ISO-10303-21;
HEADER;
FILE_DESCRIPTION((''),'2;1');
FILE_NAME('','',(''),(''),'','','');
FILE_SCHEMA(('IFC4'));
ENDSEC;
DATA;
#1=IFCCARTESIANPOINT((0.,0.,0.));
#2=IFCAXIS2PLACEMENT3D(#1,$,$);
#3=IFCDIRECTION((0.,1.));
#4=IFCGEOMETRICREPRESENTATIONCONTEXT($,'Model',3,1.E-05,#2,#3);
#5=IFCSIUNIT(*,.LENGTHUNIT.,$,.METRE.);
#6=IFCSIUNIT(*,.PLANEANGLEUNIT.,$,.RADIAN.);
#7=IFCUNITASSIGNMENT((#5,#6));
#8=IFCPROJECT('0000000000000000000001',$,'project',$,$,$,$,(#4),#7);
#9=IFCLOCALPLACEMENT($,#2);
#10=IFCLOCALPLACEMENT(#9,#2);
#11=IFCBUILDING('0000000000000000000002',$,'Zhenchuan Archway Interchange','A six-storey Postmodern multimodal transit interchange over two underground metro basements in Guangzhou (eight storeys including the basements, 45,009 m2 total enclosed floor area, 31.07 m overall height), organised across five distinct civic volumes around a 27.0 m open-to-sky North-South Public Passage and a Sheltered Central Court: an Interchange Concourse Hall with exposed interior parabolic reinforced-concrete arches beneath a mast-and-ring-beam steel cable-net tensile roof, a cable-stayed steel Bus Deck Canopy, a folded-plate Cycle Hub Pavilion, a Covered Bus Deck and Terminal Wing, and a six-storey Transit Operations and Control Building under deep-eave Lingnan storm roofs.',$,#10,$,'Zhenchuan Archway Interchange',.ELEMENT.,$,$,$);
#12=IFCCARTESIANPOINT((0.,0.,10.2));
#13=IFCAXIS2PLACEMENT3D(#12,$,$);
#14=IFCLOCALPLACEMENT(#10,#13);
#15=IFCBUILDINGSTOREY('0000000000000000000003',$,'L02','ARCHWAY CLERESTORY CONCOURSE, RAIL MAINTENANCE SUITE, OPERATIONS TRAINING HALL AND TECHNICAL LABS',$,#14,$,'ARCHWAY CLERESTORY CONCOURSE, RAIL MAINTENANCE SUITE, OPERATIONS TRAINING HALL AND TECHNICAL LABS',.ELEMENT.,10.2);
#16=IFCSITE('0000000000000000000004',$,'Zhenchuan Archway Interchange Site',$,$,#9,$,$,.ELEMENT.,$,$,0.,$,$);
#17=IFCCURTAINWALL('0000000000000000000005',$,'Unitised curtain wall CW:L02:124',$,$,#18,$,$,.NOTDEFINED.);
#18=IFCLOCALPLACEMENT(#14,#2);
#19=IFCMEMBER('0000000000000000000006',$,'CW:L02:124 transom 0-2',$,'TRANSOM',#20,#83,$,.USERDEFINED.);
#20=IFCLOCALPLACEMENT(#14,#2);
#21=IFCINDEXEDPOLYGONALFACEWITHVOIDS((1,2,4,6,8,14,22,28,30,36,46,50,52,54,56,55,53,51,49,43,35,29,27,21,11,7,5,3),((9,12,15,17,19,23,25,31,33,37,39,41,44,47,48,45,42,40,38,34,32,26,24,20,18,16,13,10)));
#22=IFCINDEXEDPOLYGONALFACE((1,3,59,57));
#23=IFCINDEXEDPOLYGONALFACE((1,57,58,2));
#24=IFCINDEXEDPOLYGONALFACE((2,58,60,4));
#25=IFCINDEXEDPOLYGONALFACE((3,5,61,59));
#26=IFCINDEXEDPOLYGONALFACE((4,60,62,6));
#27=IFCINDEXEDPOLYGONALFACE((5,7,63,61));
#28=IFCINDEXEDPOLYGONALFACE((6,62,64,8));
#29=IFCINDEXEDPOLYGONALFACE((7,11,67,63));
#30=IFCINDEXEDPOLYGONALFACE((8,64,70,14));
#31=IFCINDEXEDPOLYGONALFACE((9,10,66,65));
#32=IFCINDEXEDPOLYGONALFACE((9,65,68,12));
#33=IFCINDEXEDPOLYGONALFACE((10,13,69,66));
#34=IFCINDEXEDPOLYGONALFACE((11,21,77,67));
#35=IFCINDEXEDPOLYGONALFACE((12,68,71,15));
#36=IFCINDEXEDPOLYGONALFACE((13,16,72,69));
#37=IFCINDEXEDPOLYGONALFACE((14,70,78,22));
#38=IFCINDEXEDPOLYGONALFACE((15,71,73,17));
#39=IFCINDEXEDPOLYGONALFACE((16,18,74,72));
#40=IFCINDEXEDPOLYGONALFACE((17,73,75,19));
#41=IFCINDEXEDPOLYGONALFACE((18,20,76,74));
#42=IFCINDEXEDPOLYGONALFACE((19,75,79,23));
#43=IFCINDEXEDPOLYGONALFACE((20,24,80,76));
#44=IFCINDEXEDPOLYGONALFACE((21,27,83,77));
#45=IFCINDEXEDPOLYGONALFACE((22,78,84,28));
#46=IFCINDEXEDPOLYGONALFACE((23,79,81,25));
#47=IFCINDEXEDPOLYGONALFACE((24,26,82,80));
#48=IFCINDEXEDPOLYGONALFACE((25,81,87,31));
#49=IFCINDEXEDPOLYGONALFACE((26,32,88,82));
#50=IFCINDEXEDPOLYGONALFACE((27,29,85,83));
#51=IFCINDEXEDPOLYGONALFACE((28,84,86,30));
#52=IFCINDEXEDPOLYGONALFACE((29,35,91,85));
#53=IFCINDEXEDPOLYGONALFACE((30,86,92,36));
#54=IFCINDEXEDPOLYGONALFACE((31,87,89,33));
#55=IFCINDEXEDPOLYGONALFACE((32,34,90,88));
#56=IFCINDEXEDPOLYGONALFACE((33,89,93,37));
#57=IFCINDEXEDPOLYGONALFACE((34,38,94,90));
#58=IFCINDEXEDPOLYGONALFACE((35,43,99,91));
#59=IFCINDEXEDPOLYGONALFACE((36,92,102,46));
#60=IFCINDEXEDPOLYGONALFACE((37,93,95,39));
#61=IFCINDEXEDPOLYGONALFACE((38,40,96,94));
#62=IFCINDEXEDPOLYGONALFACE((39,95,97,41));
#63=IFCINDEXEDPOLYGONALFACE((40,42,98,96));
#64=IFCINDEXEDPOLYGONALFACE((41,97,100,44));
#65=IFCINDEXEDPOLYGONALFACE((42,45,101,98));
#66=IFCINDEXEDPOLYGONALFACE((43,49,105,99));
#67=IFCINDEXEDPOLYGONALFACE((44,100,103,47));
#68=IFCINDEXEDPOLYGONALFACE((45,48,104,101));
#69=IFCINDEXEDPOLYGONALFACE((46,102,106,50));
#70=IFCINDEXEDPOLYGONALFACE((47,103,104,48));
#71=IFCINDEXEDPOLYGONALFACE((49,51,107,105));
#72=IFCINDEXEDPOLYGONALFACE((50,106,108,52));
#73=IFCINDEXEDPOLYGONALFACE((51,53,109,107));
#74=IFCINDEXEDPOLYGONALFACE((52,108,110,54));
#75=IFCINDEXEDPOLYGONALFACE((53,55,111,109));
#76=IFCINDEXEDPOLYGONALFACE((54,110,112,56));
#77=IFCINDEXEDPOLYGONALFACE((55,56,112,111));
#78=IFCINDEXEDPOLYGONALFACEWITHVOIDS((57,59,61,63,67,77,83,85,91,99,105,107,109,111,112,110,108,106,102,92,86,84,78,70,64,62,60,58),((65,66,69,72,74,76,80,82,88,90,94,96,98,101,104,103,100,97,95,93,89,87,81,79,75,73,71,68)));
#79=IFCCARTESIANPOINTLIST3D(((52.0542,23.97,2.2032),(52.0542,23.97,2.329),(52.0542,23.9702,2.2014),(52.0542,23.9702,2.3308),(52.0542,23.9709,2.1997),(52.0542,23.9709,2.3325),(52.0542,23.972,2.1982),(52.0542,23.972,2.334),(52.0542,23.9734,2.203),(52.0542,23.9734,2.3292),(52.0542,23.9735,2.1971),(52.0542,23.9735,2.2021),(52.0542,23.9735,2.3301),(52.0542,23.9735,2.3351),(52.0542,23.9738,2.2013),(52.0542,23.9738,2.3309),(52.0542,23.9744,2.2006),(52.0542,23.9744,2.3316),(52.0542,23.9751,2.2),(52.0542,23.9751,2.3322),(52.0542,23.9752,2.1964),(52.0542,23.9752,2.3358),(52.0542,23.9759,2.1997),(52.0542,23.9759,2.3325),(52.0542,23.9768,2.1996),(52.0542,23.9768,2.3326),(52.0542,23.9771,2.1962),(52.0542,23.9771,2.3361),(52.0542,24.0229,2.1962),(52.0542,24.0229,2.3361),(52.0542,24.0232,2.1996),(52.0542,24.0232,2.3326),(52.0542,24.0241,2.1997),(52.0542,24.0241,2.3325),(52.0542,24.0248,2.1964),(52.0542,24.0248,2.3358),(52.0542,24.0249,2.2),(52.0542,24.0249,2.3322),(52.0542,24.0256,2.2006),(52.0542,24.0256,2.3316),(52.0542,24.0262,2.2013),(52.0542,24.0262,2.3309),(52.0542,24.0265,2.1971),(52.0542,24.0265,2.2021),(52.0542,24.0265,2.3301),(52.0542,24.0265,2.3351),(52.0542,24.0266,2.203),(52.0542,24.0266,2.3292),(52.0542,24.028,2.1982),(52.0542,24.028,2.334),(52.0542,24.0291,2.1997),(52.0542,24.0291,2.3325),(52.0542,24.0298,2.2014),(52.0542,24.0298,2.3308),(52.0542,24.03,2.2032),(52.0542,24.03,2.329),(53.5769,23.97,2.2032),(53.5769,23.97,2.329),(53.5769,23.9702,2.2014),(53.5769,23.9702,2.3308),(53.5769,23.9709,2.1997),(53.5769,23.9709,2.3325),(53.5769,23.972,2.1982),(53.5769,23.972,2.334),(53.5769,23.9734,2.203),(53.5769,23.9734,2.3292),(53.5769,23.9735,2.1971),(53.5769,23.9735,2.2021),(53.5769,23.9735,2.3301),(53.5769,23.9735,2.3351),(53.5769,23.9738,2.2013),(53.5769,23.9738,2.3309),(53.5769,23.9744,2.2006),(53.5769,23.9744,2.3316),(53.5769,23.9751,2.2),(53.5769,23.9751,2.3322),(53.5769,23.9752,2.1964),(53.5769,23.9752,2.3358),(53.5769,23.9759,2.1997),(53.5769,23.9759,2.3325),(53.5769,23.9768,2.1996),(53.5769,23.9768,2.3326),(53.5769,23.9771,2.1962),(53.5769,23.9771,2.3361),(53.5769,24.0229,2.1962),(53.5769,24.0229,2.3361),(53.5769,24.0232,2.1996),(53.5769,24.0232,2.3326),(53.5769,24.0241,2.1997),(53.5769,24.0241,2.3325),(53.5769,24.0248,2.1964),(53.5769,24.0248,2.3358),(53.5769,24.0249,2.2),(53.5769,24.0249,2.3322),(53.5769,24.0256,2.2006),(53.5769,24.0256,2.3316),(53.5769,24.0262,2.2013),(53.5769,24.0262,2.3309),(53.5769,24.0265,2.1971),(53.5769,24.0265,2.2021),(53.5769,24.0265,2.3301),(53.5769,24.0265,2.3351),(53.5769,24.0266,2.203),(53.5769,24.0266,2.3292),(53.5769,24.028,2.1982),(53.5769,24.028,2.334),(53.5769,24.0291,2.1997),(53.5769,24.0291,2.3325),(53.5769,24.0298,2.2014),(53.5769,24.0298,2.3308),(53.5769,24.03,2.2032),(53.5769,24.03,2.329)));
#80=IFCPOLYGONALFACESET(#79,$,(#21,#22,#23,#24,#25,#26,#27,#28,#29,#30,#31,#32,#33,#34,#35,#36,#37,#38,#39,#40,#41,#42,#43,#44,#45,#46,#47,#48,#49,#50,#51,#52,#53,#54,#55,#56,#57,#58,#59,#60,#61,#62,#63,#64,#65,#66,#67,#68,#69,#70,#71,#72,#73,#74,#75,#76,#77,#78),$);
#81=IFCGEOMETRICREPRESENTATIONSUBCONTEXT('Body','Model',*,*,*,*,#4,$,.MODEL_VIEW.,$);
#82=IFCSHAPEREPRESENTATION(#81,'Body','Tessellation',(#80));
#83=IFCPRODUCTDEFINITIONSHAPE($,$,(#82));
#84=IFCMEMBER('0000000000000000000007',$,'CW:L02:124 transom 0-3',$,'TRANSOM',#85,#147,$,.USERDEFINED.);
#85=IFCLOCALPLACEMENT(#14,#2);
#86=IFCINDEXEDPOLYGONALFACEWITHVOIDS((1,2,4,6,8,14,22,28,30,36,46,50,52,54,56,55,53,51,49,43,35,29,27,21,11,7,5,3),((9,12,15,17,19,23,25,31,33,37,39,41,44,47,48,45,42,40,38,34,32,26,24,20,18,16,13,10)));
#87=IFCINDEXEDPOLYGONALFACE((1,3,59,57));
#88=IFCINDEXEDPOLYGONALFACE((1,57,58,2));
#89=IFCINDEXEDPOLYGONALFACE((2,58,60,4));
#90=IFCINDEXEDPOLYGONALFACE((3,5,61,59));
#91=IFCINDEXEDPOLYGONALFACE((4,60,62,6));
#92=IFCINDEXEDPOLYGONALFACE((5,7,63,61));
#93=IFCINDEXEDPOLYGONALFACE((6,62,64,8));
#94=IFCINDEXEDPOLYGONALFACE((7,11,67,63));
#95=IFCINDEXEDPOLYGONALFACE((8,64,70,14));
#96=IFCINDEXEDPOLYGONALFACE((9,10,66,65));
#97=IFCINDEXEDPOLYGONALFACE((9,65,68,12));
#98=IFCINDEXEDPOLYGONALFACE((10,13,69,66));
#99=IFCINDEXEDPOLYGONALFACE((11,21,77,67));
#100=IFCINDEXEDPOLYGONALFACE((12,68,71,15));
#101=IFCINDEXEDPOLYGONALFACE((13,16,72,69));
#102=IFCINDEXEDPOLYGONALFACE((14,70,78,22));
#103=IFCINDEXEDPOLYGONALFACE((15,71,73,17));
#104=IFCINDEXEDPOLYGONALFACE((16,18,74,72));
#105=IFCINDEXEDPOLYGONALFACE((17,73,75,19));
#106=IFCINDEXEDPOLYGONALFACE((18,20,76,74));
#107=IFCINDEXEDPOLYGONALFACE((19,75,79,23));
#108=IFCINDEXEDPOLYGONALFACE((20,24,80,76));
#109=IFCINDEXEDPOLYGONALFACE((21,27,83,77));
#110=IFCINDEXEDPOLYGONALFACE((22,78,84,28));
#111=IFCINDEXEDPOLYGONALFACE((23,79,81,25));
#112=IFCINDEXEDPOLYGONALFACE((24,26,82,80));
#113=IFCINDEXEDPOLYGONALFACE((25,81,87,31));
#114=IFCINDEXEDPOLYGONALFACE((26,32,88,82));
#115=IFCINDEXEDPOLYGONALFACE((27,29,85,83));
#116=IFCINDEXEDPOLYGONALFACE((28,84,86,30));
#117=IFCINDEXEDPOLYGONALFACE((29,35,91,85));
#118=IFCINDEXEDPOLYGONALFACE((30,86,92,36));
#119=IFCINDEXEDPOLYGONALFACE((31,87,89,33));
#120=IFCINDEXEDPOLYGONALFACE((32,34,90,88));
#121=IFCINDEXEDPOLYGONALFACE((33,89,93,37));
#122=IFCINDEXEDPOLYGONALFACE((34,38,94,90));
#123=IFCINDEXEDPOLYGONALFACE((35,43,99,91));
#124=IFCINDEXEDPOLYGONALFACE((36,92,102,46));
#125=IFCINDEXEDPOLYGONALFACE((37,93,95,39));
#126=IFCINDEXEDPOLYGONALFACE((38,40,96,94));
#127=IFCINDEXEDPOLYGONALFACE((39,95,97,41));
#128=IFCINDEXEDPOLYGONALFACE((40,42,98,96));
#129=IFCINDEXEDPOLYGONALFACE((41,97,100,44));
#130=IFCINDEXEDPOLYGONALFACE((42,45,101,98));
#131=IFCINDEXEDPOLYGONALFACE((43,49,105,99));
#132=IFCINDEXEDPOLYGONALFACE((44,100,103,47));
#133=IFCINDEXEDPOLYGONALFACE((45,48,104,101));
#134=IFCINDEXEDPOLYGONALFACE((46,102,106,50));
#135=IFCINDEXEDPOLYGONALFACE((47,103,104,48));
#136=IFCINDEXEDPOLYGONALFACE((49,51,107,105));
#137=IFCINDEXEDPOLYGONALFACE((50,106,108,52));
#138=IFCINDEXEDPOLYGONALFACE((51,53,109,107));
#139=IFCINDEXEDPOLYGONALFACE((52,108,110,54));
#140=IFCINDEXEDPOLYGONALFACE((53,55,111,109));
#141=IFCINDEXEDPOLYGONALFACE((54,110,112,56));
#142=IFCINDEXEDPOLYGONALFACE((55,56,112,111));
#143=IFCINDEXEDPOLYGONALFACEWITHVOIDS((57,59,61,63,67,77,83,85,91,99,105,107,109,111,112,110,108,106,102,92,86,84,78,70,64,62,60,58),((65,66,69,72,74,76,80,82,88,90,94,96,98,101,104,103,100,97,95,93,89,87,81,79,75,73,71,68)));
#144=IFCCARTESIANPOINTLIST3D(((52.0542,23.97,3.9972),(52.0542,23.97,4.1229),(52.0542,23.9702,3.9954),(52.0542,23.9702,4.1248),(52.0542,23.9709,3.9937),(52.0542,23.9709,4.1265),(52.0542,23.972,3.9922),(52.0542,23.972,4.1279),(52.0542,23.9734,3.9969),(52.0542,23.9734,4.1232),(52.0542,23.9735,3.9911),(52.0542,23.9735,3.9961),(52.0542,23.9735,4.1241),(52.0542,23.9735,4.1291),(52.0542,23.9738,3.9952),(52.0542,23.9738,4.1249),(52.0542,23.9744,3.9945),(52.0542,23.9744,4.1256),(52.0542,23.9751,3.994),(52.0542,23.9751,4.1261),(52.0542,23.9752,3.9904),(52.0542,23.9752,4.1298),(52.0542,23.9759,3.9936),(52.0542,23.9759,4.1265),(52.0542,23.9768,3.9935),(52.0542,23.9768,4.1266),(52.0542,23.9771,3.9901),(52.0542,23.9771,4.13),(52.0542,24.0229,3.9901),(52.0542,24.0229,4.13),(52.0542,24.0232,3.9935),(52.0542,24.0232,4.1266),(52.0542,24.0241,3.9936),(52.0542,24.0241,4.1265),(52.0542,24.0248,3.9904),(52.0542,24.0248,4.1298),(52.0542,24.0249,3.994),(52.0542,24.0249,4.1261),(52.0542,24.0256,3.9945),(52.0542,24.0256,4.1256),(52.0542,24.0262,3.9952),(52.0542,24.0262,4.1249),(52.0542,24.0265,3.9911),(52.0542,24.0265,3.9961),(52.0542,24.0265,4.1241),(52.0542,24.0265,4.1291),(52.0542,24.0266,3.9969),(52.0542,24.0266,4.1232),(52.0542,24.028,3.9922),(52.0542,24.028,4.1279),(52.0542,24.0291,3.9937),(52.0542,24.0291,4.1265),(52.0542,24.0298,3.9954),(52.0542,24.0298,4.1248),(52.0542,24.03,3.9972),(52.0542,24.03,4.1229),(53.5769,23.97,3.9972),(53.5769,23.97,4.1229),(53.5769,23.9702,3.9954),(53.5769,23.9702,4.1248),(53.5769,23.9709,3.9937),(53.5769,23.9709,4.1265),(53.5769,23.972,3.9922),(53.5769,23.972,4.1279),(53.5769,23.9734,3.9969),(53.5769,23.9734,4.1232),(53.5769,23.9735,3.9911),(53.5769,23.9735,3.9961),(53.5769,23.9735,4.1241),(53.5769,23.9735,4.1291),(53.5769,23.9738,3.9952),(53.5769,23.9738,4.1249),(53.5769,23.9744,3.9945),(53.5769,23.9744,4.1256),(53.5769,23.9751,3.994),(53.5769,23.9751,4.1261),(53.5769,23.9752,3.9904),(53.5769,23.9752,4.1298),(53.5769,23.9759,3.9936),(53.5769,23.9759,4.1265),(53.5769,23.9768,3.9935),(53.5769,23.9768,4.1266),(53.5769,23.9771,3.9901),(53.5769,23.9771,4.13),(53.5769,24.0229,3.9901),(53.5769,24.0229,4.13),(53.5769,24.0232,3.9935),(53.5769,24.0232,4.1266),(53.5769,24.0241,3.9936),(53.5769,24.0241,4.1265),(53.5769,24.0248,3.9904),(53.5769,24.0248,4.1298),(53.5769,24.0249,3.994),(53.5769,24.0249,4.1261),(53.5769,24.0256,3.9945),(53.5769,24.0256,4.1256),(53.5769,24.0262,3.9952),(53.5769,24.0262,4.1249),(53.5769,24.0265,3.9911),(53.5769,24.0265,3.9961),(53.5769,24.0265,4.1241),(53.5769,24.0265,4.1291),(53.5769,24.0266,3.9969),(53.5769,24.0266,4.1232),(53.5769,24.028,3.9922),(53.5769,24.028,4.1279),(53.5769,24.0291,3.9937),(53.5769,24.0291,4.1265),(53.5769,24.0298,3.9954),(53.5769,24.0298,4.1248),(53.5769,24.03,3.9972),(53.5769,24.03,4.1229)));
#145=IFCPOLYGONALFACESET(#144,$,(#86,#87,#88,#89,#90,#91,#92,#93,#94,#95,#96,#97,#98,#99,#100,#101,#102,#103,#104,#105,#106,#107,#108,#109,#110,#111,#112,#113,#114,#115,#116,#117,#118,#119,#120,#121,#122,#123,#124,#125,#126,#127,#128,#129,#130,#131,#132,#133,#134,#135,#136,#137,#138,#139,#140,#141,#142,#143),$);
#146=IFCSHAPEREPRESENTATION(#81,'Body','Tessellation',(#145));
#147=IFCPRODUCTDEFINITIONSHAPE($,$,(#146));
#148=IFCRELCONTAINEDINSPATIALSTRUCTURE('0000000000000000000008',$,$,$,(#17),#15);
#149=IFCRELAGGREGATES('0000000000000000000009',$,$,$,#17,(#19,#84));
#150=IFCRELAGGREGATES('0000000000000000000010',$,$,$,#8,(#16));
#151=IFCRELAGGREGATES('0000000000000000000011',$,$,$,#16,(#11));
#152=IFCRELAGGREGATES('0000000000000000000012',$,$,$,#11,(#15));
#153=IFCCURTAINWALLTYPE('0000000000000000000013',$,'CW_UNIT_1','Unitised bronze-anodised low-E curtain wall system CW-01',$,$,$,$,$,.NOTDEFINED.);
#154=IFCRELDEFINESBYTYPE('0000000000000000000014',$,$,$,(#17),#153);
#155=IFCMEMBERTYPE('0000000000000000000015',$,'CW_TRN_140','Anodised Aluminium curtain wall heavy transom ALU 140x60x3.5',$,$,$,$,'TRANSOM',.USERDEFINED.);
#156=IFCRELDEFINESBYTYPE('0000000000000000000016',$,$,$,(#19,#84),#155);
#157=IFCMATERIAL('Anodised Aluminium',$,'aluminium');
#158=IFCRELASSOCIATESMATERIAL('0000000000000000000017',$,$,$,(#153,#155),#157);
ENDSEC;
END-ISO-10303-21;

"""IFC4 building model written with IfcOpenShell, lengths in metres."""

from ifc_helpers import new_model, si_unit, direction, frame, origin, origin_2d, place, context, subcontext, project, spatial, hollow_rectangle, extrude, material, material_profile, profile_set, type_object, element, aggregate, save


model = new_model("IFC4")

# Units and contexts
model_context = context("Model", 3, precision=1e-05, world=origin(), true_north=direction((0.0, 1.0)))
body_context = subcontext(model_context, "Body", "Model", "MODEL_VIEW")
ifc_project = project(units=[si_unit("LENGTHUNIT", "METRE"), si_unit("PLANEANGLEUNIT", "RADIAN")], contexts=[model_context])

# Site, building, storey
site_placement = place(None, origin())
site = spatial("IfcSite", under=ifc_project, at=site_placement, Name="Zhenchuan Archway Interchange Site", CompositionType="ELEMENT", RefElevation=0.0)
building_placement = place(site_placement, origin())
building = spatial("IfcBuilding", under=site, at=building_placement, Name="Zhenchuan Archway Interchange", Description="A six-storey Postmodern multimodal transit interchange over two underground metro basements in Guangzhou (eight storeys including the basements, 45,009 m2 total enclosed floor area, 31.07 m overall height), organised across five distinct civic volumes around a 27.0 m open-to-sky North-South Public Passage and a Sheltered Central Court: an Interchange Concourse Hall with exposed interior parabolic reinforced-concrete arches beneath a mast-and-ring-beam steel cable-net tensile roof, a cable-stayed steel Bus Deck Canopy, a folded-plate Cycle Hub Pavilion, a Covered Bus Deck and Terminal Wing, and a six-storey Transit Operations and Control Building under deep-eave Lingnan storm roofs.", LongName="Zhenchuan Archway Interchange", CompositionType="ELEMENT")
storey_placement = place(building_placement, frame((0.0, 0.0, 10.2)))
storey = spatial("IfcBuildingStorey", under=building, at=storey_placement, Name="L02", Description="ARCHWAY CLERESTORY CONCOURSE, RAIL MAINTENANCE SUITE, OPERATIONS TRAINING HALL AND TECHNICAL LABS", LongName="ARCHWAY CLERESTORY CONCOURSE, RAIL MAINTENANCE SUITE, OPERATIONS TRAINING HALL AND TECHNICAL LABS", CompositionType="ELEMENT", Elevation=10.2)

# Curtain wall, members
ifc_material_1 = material(Name="Anodised Aluminium", Category="aluminium")
curtain_wall_type = type_object("IfcCurtainWallType", Name="CW_UNIT_1", Description="Unitised bronze-anodised low-E curtain wall system CW-01", PredefinedType="NOTDEFINED", material=ifc_material_1)
curtain_wall_placement = place(storey_placement, origin())
curtain_wall = element("IfcCurtainWall", 1, at=curtain_wall_placement, inside=storey, type_object=curtain_wall_type, Name="Unitised curtain wall CW:L02:124", PredefinedType="NOTDEFINED")
ifc_material_profile_1 = material_profile(ifc_material_1, hollow_rectangle(XDim=0.0601, YDim=0.1399, WallThickness=0.0034, InnerFilletRadius=0.0034, OuterFilletRadius=0.0071, at=origin_2d()), Name="ALU 140x60x3.5")
ifc_profile_set_1 = profile_set([ifc_material_profile_1], Name="Anodised Aluminium")
member_type_1 = type_object("IfcMemberType", Name="CW_TRN_140", Description="Anodised Aluminium curtain wall heavy transom ALU 140x60x3.5", ElementType="TRANSOM", PredefinedType="USERDEFINED", material=ifc_profile_set_1)
member_1_placement = place(storey_placement, frame((53.5769, 24.0, 2.2661), z_axis=(-1.0, 0.0, 0.0), x_axis=(0.0, -1.0, 0.0)))
member_1 = element("IfcMember", 2, at=member_1_placement, type_object=member_type_1, Name="CW:L02:124 transom 0-2", ObjectType="TRANSOM", PredefinedType="USERDEFINED", context=body_context, shape_type="SweptSolid", body=[
    extrude(hollow_rectangle(XDim=0.0601, YDim=0.1399, WallThickness=0.0034, InnerFilletRadius=0.0034, OuterFilletRadius=0.0071, at=origin_2d()), origin(), (0.0, 0.0, 1.0), 1.5227),
])
member_2_placement = place(storey_placement, frame((53.5769, 24.0, 4.0601), z_axis=(-1.0, 0.0, 0.0), x_axis=(0.0, -1.0, 0.0)))
member_2 = element("IfcMember", 3, at=member_2_placement, type_object=member_type_1, Name="CW:L02:124 transom 0-3", ObjectType="TRANSOM", PredefinedType="USERDEFINED", context=body_context, shape_type="SweptSolid", body=[
    extrude(hollow_rectangle(XDim=0.0601, YDim=0.1399, WallThickness=0.0034, InnerFilletRadius=0.0034, OuterFilletRadius=0.0071, at=origin_2d()), origin(), (0.0, 0.0, 1.0), 1.5227),
])

aggregate(curtain_wall, [member_1, member_2])

save(model, "model.ifc")
